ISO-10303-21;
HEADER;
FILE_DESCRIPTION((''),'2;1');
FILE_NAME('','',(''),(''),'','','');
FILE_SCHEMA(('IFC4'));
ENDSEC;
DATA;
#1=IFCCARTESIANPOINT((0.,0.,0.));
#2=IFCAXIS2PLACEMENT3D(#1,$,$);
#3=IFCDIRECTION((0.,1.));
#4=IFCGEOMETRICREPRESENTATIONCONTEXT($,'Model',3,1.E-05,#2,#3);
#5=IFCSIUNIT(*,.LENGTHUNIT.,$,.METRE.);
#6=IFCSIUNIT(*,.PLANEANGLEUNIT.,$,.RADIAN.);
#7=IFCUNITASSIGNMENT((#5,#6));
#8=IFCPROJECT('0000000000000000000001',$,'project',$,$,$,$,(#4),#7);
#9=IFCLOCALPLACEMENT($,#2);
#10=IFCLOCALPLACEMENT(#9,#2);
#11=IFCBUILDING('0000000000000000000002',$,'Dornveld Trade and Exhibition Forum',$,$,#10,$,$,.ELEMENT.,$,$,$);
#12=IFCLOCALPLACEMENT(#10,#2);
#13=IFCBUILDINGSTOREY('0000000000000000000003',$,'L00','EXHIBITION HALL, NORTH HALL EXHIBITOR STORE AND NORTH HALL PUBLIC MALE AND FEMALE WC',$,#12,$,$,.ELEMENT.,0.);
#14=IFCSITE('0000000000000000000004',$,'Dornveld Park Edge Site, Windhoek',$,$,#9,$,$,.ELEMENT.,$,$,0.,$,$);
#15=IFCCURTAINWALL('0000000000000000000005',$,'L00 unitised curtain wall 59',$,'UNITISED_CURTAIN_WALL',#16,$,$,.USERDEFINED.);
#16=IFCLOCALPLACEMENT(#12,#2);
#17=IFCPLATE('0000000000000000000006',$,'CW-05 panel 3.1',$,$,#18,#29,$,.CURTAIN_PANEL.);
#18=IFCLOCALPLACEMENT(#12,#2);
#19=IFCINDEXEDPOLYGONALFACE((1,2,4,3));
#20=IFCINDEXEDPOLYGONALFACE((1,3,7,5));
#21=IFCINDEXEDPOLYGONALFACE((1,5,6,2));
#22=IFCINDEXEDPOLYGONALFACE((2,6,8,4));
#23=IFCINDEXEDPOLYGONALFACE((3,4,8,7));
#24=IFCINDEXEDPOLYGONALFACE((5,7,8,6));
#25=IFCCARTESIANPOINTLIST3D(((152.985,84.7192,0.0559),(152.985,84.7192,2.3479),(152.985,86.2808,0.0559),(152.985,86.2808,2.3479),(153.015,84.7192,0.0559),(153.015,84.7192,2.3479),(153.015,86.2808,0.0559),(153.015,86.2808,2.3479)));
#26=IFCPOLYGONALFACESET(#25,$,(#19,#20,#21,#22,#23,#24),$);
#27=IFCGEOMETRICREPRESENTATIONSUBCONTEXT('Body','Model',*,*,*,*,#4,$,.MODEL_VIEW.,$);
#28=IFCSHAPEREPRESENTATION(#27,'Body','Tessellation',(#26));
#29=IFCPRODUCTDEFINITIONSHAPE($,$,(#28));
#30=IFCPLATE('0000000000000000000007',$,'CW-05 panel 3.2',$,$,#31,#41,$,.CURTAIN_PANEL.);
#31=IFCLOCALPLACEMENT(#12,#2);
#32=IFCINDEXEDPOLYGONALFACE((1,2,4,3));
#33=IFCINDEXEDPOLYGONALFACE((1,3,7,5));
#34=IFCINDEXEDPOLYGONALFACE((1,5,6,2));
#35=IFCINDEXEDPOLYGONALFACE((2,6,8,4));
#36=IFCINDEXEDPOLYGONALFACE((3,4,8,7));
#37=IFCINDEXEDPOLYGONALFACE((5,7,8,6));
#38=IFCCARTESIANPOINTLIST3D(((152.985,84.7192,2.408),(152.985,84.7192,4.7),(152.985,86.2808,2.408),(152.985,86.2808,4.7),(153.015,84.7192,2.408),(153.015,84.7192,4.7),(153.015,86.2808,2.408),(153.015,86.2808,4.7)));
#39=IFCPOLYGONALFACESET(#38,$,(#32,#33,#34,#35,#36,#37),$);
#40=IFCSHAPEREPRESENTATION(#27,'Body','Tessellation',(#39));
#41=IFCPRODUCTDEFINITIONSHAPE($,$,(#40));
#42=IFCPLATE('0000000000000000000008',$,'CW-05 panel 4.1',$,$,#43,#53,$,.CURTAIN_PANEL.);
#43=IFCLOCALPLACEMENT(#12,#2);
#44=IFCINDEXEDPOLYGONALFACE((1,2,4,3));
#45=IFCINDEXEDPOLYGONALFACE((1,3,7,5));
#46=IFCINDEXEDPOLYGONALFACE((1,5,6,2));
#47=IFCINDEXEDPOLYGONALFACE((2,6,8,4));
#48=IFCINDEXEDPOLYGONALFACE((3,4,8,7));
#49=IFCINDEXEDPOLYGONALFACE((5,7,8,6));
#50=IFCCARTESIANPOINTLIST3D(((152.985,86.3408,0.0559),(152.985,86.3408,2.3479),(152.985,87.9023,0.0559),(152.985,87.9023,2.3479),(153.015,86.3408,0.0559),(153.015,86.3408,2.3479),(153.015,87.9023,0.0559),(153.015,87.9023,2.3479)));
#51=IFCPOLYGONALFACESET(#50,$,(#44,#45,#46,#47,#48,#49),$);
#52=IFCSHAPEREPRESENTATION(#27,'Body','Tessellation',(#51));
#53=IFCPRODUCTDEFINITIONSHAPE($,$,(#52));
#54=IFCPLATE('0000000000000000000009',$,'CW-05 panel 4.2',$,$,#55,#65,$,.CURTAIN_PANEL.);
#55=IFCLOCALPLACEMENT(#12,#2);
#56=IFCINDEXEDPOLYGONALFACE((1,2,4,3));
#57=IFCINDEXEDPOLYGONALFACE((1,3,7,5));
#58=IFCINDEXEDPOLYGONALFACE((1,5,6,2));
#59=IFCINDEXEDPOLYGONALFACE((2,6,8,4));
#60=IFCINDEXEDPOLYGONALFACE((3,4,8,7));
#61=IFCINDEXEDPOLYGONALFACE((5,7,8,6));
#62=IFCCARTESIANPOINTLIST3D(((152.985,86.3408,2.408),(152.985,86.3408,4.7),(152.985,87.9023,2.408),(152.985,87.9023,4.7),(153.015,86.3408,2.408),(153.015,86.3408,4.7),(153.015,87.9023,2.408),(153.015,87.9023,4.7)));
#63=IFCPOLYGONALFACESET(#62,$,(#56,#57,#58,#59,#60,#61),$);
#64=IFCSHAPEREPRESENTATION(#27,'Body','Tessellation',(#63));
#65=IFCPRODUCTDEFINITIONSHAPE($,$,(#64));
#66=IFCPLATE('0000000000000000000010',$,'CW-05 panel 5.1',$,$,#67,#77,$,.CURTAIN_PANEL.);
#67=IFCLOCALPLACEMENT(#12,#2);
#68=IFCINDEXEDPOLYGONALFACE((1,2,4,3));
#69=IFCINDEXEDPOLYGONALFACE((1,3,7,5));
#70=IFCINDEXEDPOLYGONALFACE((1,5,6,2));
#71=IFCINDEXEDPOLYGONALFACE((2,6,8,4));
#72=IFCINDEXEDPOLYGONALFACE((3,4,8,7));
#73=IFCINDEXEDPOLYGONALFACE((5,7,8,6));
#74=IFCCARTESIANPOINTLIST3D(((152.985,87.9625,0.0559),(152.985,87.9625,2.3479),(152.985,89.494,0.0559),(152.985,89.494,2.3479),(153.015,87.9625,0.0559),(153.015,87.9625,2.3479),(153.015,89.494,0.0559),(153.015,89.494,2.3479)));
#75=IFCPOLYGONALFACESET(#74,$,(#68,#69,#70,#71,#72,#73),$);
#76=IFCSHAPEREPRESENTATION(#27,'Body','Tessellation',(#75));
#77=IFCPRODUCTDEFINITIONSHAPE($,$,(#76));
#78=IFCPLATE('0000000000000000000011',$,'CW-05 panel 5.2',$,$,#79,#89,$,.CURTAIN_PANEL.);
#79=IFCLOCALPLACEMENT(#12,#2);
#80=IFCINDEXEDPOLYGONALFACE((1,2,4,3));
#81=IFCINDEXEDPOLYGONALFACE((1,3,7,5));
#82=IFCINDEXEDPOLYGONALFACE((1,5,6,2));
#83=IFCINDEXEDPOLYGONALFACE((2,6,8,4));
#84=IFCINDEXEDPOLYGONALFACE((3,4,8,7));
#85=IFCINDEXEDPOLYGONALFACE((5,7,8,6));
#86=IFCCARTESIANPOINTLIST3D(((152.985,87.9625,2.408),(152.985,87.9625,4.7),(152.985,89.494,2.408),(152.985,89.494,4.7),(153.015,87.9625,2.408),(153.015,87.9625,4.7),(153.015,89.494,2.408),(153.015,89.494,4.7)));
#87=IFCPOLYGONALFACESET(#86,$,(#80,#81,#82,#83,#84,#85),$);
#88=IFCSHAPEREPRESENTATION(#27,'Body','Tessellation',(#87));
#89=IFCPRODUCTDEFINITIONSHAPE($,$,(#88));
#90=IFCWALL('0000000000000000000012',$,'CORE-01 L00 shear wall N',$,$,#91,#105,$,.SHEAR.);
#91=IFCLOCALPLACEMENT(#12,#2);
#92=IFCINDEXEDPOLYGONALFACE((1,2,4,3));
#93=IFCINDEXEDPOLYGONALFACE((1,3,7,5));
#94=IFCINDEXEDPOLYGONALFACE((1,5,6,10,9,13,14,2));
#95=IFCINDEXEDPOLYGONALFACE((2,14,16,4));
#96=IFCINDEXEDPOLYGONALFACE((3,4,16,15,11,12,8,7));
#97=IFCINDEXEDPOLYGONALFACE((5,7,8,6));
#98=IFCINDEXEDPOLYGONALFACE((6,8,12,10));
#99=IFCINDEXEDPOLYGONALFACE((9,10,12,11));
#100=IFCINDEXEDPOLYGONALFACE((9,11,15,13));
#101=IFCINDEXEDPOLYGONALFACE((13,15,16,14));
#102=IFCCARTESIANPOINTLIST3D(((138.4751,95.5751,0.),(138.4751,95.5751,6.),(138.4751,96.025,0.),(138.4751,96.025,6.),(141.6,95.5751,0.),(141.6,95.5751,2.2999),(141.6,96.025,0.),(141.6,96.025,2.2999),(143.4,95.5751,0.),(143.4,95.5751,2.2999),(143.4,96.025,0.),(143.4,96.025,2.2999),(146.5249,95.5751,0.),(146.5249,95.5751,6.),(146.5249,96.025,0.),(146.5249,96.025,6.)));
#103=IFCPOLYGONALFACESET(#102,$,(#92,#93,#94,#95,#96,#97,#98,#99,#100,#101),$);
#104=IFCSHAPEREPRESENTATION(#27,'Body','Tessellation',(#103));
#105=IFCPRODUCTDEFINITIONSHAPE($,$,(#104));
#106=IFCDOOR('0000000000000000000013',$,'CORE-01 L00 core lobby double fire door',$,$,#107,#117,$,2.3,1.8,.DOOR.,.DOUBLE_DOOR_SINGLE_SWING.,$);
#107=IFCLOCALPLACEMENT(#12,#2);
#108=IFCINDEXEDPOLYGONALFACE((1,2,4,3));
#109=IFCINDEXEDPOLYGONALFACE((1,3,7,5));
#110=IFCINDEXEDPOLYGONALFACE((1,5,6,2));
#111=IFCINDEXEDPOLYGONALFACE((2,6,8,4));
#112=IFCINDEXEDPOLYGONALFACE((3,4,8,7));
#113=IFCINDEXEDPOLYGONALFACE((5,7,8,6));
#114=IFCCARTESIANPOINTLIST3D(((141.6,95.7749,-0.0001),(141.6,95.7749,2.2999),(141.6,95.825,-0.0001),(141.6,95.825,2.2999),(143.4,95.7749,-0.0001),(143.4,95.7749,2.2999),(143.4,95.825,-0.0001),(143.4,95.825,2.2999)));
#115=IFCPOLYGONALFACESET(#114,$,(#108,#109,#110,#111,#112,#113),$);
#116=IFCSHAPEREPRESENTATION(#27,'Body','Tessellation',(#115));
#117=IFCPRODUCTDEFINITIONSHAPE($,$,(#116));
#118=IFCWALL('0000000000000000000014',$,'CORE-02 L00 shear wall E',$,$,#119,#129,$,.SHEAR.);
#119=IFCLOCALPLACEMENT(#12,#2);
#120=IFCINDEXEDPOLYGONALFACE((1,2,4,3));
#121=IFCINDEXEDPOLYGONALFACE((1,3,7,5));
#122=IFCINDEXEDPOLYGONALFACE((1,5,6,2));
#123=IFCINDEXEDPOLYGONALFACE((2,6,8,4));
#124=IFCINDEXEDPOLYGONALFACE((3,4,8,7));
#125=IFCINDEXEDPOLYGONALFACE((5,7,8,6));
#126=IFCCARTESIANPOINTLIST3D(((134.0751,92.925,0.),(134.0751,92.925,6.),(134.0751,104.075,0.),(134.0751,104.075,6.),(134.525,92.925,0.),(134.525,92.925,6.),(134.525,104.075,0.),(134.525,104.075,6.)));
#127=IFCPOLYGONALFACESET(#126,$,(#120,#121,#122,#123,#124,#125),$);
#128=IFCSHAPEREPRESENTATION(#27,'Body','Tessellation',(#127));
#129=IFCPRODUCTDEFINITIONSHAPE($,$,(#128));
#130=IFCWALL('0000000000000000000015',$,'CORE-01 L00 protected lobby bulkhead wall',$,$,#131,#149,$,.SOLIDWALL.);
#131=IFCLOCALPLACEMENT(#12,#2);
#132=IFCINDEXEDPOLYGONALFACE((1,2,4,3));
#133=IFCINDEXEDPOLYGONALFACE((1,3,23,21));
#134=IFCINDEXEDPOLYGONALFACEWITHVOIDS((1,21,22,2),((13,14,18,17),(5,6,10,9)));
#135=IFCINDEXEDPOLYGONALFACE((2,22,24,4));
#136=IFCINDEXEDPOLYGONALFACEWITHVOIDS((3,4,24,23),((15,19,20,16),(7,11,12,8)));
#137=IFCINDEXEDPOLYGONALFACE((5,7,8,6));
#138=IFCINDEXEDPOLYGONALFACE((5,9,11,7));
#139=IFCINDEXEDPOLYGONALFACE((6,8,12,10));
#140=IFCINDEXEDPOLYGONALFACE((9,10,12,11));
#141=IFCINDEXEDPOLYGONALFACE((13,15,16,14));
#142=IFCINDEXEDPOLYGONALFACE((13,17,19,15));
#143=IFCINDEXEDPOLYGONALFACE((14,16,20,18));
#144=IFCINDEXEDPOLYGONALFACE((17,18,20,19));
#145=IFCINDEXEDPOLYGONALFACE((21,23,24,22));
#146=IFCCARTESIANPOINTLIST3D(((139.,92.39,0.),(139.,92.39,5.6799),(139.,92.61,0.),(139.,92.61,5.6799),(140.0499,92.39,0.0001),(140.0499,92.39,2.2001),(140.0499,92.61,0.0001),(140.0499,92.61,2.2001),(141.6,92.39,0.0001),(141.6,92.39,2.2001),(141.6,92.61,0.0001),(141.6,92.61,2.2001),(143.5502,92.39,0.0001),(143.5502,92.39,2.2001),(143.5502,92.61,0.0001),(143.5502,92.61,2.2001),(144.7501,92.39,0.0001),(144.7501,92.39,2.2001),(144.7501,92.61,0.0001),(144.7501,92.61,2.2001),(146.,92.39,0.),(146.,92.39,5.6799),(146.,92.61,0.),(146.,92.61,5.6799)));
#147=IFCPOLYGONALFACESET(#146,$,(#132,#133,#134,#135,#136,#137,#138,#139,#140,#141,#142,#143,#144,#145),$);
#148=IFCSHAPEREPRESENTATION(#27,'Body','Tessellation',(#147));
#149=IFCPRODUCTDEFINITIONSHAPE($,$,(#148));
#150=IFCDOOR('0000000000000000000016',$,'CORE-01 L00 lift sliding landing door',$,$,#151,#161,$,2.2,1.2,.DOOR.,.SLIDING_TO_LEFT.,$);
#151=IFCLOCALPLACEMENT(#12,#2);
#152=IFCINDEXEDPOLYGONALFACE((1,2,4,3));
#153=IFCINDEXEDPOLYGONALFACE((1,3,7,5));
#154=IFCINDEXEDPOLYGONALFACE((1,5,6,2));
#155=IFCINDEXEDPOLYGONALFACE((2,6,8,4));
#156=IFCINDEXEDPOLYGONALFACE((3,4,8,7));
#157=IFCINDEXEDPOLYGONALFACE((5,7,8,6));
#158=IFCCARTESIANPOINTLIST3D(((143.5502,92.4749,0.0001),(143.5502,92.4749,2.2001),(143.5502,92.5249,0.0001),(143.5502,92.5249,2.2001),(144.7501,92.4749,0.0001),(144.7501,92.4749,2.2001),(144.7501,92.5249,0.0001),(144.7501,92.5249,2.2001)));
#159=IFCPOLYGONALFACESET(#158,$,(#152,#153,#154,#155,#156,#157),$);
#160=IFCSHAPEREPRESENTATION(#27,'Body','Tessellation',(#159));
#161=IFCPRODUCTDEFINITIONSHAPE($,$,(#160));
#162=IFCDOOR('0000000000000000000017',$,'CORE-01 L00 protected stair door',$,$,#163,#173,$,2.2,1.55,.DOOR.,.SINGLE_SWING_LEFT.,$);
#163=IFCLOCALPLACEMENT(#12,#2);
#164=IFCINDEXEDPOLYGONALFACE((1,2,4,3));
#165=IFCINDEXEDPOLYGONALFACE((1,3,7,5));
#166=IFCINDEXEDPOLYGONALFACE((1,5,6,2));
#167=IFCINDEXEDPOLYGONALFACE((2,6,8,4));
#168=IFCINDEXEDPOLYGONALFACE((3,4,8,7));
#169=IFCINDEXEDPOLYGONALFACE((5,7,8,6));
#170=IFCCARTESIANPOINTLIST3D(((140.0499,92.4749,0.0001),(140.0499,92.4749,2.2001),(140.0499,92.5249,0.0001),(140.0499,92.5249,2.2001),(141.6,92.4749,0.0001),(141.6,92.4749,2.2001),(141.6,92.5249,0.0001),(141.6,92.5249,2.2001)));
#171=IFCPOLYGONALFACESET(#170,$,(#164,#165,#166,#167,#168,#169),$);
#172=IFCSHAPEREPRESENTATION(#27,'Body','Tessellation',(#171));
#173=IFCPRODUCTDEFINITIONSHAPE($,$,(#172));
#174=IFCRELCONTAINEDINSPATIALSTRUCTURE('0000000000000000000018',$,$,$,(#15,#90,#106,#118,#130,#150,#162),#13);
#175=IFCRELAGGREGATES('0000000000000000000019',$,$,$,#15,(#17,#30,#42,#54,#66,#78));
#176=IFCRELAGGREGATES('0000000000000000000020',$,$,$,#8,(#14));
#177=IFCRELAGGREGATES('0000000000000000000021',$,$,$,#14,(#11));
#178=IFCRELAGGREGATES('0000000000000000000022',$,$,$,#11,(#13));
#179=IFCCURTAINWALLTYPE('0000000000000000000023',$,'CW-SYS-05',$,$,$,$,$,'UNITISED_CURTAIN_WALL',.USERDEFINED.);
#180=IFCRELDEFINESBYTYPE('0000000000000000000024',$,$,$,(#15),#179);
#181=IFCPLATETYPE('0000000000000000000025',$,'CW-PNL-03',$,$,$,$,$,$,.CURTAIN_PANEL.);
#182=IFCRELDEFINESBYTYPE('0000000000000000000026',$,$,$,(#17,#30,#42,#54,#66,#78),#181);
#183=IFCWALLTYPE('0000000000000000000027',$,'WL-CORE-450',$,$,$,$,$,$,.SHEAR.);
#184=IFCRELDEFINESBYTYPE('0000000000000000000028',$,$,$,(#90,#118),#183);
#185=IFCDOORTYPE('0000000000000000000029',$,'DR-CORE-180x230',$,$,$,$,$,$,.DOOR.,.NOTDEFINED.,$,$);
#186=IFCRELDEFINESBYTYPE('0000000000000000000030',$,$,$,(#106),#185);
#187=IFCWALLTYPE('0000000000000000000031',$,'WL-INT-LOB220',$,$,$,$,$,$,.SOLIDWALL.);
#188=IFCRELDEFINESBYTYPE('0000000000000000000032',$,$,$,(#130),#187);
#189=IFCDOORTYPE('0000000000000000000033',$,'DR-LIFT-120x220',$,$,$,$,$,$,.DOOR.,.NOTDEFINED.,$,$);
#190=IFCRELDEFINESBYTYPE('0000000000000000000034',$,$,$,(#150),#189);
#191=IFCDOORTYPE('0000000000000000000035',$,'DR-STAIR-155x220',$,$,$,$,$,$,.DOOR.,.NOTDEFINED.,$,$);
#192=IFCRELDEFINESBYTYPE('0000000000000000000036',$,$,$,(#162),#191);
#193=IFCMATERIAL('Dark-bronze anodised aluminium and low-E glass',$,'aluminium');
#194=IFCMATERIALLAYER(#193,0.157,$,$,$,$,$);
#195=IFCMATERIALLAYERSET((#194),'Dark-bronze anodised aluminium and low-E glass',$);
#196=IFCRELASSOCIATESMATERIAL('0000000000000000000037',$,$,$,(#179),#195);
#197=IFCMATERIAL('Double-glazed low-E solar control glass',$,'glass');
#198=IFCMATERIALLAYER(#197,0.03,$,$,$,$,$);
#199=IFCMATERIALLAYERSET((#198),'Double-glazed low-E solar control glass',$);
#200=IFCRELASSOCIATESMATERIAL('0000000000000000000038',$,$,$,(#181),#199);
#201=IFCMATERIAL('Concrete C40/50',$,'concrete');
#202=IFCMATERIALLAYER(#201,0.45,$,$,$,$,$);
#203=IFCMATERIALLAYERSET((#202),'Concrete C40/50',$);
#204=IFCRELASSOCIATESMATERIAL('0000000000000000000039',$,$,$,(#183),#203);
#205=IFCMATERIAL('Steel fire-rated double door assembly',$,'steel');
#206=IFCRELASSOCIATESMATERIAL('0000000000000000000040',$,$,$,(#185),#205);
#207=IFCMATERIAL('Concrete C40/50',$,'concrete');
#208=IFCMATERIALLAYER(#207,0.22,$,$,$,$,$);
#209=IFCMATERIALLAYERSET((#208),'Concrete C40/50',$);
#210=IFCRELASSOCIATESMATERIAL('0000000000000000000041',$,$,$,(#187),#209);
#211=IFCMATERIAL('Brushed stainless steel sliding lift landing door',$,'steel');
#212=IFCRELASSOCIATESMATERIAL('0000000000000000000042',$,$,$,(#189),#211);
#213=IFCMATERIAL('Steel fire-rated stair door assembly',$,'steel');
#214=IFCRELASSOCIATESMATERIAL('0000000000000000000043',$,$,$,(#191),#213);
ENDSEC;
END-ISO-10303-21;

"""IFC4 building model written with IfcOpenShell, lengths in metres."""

from ifc_helpers import new_model, si_unit, direction, frame, frame_2d, origin, origin_2d, place, context, subcontext, project, spatial, rectangle, extrude, material, layer, layer_set, type_object, element, fill, aggregate, save


model = new_model("IFC4")

# Units and contexts
model_context = context("Model", 3, precision=1e-05, world=origin(), true_north=direction((0.0, 1.0)))
body_context = subcontext(model_context, "Body", "Model", "MODEL_VIEW")
ifc_project = project(units=[si_unit("LENGTHUNIT", "METRE"), si_unit("PLANEANGLEUNIT", "RADIAN")], contexts=[model_context])

# Site, building, storey
site_placement = place(None, origin())
site = spatial("IfcSite", under=ifc_project, at=site_placement, Name="Dornveld Park Edge Site, Windhoek", CompositionType="ELEMENT", RefElevation=0.0)
building_placement = place(site_placement, origin())
building = spatial("IfcBuilding", under=site, at=building_placement, Name="Dornveld Trade and Exhibition Forum", CompositionType="ELEMENT")
storey_placement = place(building_placement, origin())
storey = spatial("IfcBuildingStorey", under=building, at=storey_placement, Name="L00", Description="EXHIBITION HALL, NORTH HALL EXHIBITOR STORE AND NORTH HALL PUBLIC MALE AND FEMALE WC", CompositionType="ELEMENT", Elevation=0.0)

# Curtain wall, plates
ifc_material_1 = material(Name="Dark-bronze anodised aluminium and low-E glass", Category="aluminium")
ifc_layer_1 = layer(ifc_material_1, 0.157)
ifc_layer_set_1 = layer_set([ifc_layer_1], Name="Dark-bronze anodised aluminium and low-E glass")
curtain_wall_type = type_object("IfcCurtainWallType", Name="CW-SYS-05", ElementType="UNITISED_CURTAIN_WALL", PredefinedType="USERDEFINED", material=ifc_layer_set_1)
curtain_wall_placement = place(storey_placement, origin())
curtain_wall = element("IfcCurtainWall", 1, at=curtain_wall_placement, inside=storey, type_object=curtain_wall_type, Name="L00 unitised curtain wall 59", ObjectType="UNITISED_CURTAIN_WALL", PredefinedType="USERDEFINED")
ifc_material_2 = material(Name="Double-glazed low-E solar control glass", Category="glass")
ifc_layer_2 = layer(ifc_material_2, 0.03)
ifc_layer_set_2 = layer_set([ifc_layer_2], Name="Double-glazed low-E solar control glass")
plate_type = type_object("IfcPlateType", Name="CW-PNL-03", PredefinedType="CURTAIN_PANEL", material=ifc_layer_set_2)
plate_1_placement = place(storey_placement, frame((153.0, 85.5, 0.0559), z_axis=(0.0, 0.0, 1.0), x_axis=(0.0, 1.0, 0.0)))
plate_1 = element("IfcPlate", 2, at=plate_1_placement, type_object=plate_type, Name="CW-05 panel 3.1", PredefinedType="CURTAIN_PANEL", context=body_context, shape_type="SweptSolid", body=[
    extrude(rectangle(XDim=1.5615, YDim=0.03, at=origin_2d()), origin(), (0.0, 0.0, 1.0), 2.292),
])
plate_2_placement = place(storey_placement, frame((153.0, 85.5, 2.408), z_axis=(0.0, 0.0, 1.0), x_axis=(0.0, 1.0, 0.0)))
plate_2 = element("IfcPlate", 3, at=plate_2_placement, type_object=plate_type, Name="CW-05 panel 3.2", PredefinedType="CURTAIN_PANEL", context=body_context, shape_type="SweptSolid", body=[
    extrude(rectangle(XDim=1.5615, YDim=0.03, at=origin_2d()), origin(), (0.0, 0.0, 1.0), 2.292),
])
plate_3_placement = place(storey_placement, frame((153.0, 87.1216, 0.0559), z_axis=(0.0, 0.0, 1.0), x_axis=(0.0, 1.0, 0.0)))
plate_3 = element("IfcPlate", 4, at=plate_3_placement, type_object=plate_type, Name="CW-05 panel 4.1", PredefinedType="CURTAIN_PANEL", context=body_context, shape_type="SweptSolid", body=[
    extrude(rectangle(XDim=1.5615, YDim=0.03, at=origin_2d()), origin(), (0.0, 0.0, 1.0), 2.292),
])
plate_4_placement = place(storey_placement, frame((153.0, 87.1216, 2.408), z_axis=(0.0, 0.0, 1.0), x_axis=(0.0, 1.0, 0.0)))
plate_4 = element("IfcPlate", 5, at=plate_4_placement, type_object=plate_type, Name="CW-05 panel 4.2", PredefinedType="CURTAIN_PANEL", context=body_context, shape_type="SweptSolid", body=[
    extrude(rectangle(XDim=1.5615, YDim=0.03, at=origin_2d()), origin(), (0.0, 0.0, 1.0), 2.292),
])
plate_5_placement = place(storey_placement, frame((153.0, 88.7283, 0.0559), z_axis=(0.0, 0.0, 1.0), x_axis=(0.0, 1.0, 0.0)))
plate_5 = element("IfcPlate", 6, at=plate_5_placement, type_object=plate_type, Name="CW-05 panel 5.1", PredefinedType="CURTAIN_PANEL", context=body_context, shape_type="SweptSolid", body=[
    extrude(rectangle(XDim=1.5315, YDim=0.03, at=origin_2d()), origin(), (0.0, 0.0, 1.0), 2.292),
])
plate_6_placement = place(storey_placement, frame((153.0, 88.7283, 2.408), z_axis=(0.0, 0.0, 1.0), x_axis=(0.0, 1.0, 0.0)))
plate_6 = element("IfcPlate", 7, at=plate_6_placement, type_object=plate_type, Name="CW-05 panel 5.2", PredefinedType="CURTAIN_PANEL", context=body_context, shape_type="SweptSolid", body=[
    extrude(rectangle(XDim=1.5315, YDim=0.03, at=origin_2d()), origin(), (0.0, 0.0, 1.0), 2.292),
])
aggregate(curtain_wall, [plate_1, plate_2, plate_3, plate_4, plate_5, plate_6])

# Wall, opening, door
ifc_material_3 = material(Name="Concrete C40/50", Category="concrete")
ifc_layer_3 = layer(ifc_material_3, 0.45)
ifc_layer_set_3 = layer_set([ifc_layer_3], Name="Concrete C40/50")
wall_type_1 = type_object("IfcWallType", Name="WL-CORE-450", PredefinedType="SHEAR", material=ifc_layer_set_3)
wall_1_placement = place(storey_placement, frame((138.4751, 95.8, 0.0), z_axis=(0.0, 0.0, 1.0), x_axis=(1.0, 0.0, 0.0)))
wall_1 = element("IfcWall", 8, at=wall_1_placement, inside=storey, type_object=wall_type_1, Name="CORE-01 L00 shear wall N", PredefinedType="SHEAR", context=body_context, shape_type="SweptSolid", body=[
    extrude(rectangle(XDim=8.0498, YDim=0.45, at=frame_2d((4.0249, 0.0))), origin(), (0.0, 0.0, 1.0), 6.0),
])
opening_1_placement = place(wall_1_placement, frame((3.125, 0.0, 0.0)))
opening_1 = element("IfcOpeningElement", 9, at=opening_1_placement, cuts=wall_1, PredefinedType="OPENING", context=body_context, shape_type="SweptSolid", body=[
    extrude(rectangle(XDim=1.8, YDim=2.3, at=frame_2d((0.8999, 1.1499))), frame((0.0, 0.2349, 0.0), z_axis=(0.0, -1.0, 0.0), x_axis=(1.0, 0.0, 0.0)), (0.0, 0.0, 1.0), 0.47),
])
ifc_material_4 = material(Name="Steel fire-rated double door assembly", Category="steel")
door_type_1 = type_object("IfcDoorType", Name="DR-CORE-180x230", OperationType="NOTDEFINED", PredefinedType="DOOR", material=ifc_material_4)
door_1_placement = place(opening_1_placement, origin())
door_1 = element("IfcDoor", 10, at=door_1_placement, inside=storey, type_object=door_type_1, Name="CORE-01 L00 core lobby double fire door", OperationType="DOUBLE_DOOR_SINGLE_SWING", OverallHeight=2.3, OverallWidth=1.8, PredefinedType="DOOR", context=body_context, shape_type="SweptSolid", body=[
    extrude(rectangle(XDim=1.8, YDim=2.3, at=frame_2d((0.8999, 1.1499))), frame((0.0, 0.0249, 0.0), z_axis=(0.0, -1.0, 0.0), x_axis=(1.0, 0.0, 0.0)), (0.0, 0.0, 1.0), 0.05),
])
fill(opening_1, door_1)

# Wall
wall_2_placement = place(storey_placement, frame((134.3, 92.925, 0.0), z_axis=(0.0, 0.0, 1.0), x_axis=(0.0, 1.0, 0.0)))
element("IfcWall", 11, at=wall_2_placement, inside=storey, type_object=wall_type_1, Name="CORE-02 L00 shear wall E", PredefinedType="SHEAR", context=body_context, shape_type="SweptSolid", body=[
    extrude(rectangle(XDim=11.1499, YDim=0.45, at=frame_2d((5.575, 0.0))), origin(), (0.0, 0.0, 1.0), 6.0),
])

# Wall, openings, doors
ifc_material_5 = material(Name="Concrete C40/50", Category="concrete")
ifc_layer_4 = layer(ifc_material_5, 0.22)
ifc_layer_set_4 = layer_set([ifc_layer_4], Name="Concrete C40/50")
wall_type_2 = type_object("IfcWallType", Name="WL-INT-LOB220", PredefinedType="SOLIDWALL", material=ifc_layer_set_4)
wall_3_placement = place(storey_placement, frame((139.0, 92.5, 0.0), z_axis=(0.0, 0.0, 1.0), x_axis=(1.0, 0.0, 0.0)))
wall_3 = element("IfcWall", 12, at=wall_3_placement, inside=storey, type_object=wall_type_2, Name="CORE-01 L00 protected lobby bulkhead wall", PredefinedType="SOLIDWALL", context=body_context, shape_type="SweptSolid", body=[
    extrude(rectangle(XDim=7.0, YDim=0.22, at=frame_2d((3.5, 0.0))), origin(), (0.0, 0.0, 1.0), 5.6799),
])
opening_2_placement = place(wall_3_placement, frame((1.05, 0.0, 0.0)))
opening_2 = element("IfcOpeningElement", 13, at=opening_2_placement, cuts=wall_3, PredefinedType="OPENING", context=body_context, shape_type="SweptSolid", body=[
    extrude(rectangle(XDim=1.55, YDim=2.2, at=frame_2d((0.7749, 1.1001))), frame((0.0, 0.1199, 0.0), z_axis=(0.0, -1.0, 0.0), x_axis=(1.0, 0.0, 0.0)), (0.0, 0.0, 1.0), 0.24),
])
opening_3_placement = place(wall_3_placement, frame((4.55, 0.0, 0.0)))
opening_3 = element("IfcOpeningElement", 14, at=opening_3_placement, cuts=wall_3, PredefinedType="OPENING", context=body_context, shape_type="SweptSolid", body=[
    extrude(rectangle(XDim=1.2, YDim=2.2, at=frame_2d((0.6001, 1.1001))), frame((0.0, 0.1199, 0.0), z_axis=(0.0, -1.0, 0.0), x_axis=(1.0, 0.0, 0.0)), (0.0, 0.0, 1.0), 0.24),
])
ifc_material_6 = material(Name="Brushed stainless steel sliding lift landing door", Category="steel")
door_type_2 = type_object("IfcDoorType", Name="DR-LIFT-120x220", OperationType="NOTDEFINED", PredefinedType="DOOR", material=ifc_material_6)
door_2_placement = place(opening_3_placement, origin())
door_2 = element("IfcDoor", 15, at=door_2_placement, inside=storey, type_object=door_type_2, Name="CORE-01 L00 lift sliding landing door", OperationType="SLIDING_TO_LEFT", OverallHeight=2.2, OverallWidth=1.2, PredefinedType="DOOR", context=body_context, shape_type="SweptSolid", body=[
    extrude(rectangle(XDim=1.2, YDim=2.2, at=frame_2d((0.6001, 1.1001))), frame((0.0, 0.0249, 0.0), z_axis=(0.0, -1.0, 0.0), x_axis=(1.0, 0.0, 0.0)), (0.0, 0.0, 1.0), 0.05),
])
fill(opening_3, door_2)
ifc_material_7 = material(Name="Steel fire-rated stair door assembly", Category="steel")
door_type_3 = type_object("IfcDoorType", Name="DR-STAIR-155x220", OperationType="NOTDEFINED", PredefinedType="DOOR", material=ifc_material_7)
door_3_placement = place(opening_2_placement, origin())
door_3 = element("IfcDoor", 16, at=door_3_placement, inside=storey, type_object=door_type_3, Name="CORE-01 L00 protected stair door", OperationType="SINGLE_SWING_LEFT", OverallHeight=2.2, OverallWidth=1.55, PredefinedType="DOOR", context=body_context, shape_type="SweptSolid", body=[
    extrude(rectangle(XDim=1.55, YDim=2.2, at=frame_2d((0.7749, 1.1001))), frame((0.0, 0.0249, 0.0), z_axis=(0.0, -1.0, 0.0), x_axis=(1.0, 0.0, 0.0)), (0.0, 0.0, 1.0), 0.05),
])
fill(opening_2, door_3)

save(model, "model.ifc")
